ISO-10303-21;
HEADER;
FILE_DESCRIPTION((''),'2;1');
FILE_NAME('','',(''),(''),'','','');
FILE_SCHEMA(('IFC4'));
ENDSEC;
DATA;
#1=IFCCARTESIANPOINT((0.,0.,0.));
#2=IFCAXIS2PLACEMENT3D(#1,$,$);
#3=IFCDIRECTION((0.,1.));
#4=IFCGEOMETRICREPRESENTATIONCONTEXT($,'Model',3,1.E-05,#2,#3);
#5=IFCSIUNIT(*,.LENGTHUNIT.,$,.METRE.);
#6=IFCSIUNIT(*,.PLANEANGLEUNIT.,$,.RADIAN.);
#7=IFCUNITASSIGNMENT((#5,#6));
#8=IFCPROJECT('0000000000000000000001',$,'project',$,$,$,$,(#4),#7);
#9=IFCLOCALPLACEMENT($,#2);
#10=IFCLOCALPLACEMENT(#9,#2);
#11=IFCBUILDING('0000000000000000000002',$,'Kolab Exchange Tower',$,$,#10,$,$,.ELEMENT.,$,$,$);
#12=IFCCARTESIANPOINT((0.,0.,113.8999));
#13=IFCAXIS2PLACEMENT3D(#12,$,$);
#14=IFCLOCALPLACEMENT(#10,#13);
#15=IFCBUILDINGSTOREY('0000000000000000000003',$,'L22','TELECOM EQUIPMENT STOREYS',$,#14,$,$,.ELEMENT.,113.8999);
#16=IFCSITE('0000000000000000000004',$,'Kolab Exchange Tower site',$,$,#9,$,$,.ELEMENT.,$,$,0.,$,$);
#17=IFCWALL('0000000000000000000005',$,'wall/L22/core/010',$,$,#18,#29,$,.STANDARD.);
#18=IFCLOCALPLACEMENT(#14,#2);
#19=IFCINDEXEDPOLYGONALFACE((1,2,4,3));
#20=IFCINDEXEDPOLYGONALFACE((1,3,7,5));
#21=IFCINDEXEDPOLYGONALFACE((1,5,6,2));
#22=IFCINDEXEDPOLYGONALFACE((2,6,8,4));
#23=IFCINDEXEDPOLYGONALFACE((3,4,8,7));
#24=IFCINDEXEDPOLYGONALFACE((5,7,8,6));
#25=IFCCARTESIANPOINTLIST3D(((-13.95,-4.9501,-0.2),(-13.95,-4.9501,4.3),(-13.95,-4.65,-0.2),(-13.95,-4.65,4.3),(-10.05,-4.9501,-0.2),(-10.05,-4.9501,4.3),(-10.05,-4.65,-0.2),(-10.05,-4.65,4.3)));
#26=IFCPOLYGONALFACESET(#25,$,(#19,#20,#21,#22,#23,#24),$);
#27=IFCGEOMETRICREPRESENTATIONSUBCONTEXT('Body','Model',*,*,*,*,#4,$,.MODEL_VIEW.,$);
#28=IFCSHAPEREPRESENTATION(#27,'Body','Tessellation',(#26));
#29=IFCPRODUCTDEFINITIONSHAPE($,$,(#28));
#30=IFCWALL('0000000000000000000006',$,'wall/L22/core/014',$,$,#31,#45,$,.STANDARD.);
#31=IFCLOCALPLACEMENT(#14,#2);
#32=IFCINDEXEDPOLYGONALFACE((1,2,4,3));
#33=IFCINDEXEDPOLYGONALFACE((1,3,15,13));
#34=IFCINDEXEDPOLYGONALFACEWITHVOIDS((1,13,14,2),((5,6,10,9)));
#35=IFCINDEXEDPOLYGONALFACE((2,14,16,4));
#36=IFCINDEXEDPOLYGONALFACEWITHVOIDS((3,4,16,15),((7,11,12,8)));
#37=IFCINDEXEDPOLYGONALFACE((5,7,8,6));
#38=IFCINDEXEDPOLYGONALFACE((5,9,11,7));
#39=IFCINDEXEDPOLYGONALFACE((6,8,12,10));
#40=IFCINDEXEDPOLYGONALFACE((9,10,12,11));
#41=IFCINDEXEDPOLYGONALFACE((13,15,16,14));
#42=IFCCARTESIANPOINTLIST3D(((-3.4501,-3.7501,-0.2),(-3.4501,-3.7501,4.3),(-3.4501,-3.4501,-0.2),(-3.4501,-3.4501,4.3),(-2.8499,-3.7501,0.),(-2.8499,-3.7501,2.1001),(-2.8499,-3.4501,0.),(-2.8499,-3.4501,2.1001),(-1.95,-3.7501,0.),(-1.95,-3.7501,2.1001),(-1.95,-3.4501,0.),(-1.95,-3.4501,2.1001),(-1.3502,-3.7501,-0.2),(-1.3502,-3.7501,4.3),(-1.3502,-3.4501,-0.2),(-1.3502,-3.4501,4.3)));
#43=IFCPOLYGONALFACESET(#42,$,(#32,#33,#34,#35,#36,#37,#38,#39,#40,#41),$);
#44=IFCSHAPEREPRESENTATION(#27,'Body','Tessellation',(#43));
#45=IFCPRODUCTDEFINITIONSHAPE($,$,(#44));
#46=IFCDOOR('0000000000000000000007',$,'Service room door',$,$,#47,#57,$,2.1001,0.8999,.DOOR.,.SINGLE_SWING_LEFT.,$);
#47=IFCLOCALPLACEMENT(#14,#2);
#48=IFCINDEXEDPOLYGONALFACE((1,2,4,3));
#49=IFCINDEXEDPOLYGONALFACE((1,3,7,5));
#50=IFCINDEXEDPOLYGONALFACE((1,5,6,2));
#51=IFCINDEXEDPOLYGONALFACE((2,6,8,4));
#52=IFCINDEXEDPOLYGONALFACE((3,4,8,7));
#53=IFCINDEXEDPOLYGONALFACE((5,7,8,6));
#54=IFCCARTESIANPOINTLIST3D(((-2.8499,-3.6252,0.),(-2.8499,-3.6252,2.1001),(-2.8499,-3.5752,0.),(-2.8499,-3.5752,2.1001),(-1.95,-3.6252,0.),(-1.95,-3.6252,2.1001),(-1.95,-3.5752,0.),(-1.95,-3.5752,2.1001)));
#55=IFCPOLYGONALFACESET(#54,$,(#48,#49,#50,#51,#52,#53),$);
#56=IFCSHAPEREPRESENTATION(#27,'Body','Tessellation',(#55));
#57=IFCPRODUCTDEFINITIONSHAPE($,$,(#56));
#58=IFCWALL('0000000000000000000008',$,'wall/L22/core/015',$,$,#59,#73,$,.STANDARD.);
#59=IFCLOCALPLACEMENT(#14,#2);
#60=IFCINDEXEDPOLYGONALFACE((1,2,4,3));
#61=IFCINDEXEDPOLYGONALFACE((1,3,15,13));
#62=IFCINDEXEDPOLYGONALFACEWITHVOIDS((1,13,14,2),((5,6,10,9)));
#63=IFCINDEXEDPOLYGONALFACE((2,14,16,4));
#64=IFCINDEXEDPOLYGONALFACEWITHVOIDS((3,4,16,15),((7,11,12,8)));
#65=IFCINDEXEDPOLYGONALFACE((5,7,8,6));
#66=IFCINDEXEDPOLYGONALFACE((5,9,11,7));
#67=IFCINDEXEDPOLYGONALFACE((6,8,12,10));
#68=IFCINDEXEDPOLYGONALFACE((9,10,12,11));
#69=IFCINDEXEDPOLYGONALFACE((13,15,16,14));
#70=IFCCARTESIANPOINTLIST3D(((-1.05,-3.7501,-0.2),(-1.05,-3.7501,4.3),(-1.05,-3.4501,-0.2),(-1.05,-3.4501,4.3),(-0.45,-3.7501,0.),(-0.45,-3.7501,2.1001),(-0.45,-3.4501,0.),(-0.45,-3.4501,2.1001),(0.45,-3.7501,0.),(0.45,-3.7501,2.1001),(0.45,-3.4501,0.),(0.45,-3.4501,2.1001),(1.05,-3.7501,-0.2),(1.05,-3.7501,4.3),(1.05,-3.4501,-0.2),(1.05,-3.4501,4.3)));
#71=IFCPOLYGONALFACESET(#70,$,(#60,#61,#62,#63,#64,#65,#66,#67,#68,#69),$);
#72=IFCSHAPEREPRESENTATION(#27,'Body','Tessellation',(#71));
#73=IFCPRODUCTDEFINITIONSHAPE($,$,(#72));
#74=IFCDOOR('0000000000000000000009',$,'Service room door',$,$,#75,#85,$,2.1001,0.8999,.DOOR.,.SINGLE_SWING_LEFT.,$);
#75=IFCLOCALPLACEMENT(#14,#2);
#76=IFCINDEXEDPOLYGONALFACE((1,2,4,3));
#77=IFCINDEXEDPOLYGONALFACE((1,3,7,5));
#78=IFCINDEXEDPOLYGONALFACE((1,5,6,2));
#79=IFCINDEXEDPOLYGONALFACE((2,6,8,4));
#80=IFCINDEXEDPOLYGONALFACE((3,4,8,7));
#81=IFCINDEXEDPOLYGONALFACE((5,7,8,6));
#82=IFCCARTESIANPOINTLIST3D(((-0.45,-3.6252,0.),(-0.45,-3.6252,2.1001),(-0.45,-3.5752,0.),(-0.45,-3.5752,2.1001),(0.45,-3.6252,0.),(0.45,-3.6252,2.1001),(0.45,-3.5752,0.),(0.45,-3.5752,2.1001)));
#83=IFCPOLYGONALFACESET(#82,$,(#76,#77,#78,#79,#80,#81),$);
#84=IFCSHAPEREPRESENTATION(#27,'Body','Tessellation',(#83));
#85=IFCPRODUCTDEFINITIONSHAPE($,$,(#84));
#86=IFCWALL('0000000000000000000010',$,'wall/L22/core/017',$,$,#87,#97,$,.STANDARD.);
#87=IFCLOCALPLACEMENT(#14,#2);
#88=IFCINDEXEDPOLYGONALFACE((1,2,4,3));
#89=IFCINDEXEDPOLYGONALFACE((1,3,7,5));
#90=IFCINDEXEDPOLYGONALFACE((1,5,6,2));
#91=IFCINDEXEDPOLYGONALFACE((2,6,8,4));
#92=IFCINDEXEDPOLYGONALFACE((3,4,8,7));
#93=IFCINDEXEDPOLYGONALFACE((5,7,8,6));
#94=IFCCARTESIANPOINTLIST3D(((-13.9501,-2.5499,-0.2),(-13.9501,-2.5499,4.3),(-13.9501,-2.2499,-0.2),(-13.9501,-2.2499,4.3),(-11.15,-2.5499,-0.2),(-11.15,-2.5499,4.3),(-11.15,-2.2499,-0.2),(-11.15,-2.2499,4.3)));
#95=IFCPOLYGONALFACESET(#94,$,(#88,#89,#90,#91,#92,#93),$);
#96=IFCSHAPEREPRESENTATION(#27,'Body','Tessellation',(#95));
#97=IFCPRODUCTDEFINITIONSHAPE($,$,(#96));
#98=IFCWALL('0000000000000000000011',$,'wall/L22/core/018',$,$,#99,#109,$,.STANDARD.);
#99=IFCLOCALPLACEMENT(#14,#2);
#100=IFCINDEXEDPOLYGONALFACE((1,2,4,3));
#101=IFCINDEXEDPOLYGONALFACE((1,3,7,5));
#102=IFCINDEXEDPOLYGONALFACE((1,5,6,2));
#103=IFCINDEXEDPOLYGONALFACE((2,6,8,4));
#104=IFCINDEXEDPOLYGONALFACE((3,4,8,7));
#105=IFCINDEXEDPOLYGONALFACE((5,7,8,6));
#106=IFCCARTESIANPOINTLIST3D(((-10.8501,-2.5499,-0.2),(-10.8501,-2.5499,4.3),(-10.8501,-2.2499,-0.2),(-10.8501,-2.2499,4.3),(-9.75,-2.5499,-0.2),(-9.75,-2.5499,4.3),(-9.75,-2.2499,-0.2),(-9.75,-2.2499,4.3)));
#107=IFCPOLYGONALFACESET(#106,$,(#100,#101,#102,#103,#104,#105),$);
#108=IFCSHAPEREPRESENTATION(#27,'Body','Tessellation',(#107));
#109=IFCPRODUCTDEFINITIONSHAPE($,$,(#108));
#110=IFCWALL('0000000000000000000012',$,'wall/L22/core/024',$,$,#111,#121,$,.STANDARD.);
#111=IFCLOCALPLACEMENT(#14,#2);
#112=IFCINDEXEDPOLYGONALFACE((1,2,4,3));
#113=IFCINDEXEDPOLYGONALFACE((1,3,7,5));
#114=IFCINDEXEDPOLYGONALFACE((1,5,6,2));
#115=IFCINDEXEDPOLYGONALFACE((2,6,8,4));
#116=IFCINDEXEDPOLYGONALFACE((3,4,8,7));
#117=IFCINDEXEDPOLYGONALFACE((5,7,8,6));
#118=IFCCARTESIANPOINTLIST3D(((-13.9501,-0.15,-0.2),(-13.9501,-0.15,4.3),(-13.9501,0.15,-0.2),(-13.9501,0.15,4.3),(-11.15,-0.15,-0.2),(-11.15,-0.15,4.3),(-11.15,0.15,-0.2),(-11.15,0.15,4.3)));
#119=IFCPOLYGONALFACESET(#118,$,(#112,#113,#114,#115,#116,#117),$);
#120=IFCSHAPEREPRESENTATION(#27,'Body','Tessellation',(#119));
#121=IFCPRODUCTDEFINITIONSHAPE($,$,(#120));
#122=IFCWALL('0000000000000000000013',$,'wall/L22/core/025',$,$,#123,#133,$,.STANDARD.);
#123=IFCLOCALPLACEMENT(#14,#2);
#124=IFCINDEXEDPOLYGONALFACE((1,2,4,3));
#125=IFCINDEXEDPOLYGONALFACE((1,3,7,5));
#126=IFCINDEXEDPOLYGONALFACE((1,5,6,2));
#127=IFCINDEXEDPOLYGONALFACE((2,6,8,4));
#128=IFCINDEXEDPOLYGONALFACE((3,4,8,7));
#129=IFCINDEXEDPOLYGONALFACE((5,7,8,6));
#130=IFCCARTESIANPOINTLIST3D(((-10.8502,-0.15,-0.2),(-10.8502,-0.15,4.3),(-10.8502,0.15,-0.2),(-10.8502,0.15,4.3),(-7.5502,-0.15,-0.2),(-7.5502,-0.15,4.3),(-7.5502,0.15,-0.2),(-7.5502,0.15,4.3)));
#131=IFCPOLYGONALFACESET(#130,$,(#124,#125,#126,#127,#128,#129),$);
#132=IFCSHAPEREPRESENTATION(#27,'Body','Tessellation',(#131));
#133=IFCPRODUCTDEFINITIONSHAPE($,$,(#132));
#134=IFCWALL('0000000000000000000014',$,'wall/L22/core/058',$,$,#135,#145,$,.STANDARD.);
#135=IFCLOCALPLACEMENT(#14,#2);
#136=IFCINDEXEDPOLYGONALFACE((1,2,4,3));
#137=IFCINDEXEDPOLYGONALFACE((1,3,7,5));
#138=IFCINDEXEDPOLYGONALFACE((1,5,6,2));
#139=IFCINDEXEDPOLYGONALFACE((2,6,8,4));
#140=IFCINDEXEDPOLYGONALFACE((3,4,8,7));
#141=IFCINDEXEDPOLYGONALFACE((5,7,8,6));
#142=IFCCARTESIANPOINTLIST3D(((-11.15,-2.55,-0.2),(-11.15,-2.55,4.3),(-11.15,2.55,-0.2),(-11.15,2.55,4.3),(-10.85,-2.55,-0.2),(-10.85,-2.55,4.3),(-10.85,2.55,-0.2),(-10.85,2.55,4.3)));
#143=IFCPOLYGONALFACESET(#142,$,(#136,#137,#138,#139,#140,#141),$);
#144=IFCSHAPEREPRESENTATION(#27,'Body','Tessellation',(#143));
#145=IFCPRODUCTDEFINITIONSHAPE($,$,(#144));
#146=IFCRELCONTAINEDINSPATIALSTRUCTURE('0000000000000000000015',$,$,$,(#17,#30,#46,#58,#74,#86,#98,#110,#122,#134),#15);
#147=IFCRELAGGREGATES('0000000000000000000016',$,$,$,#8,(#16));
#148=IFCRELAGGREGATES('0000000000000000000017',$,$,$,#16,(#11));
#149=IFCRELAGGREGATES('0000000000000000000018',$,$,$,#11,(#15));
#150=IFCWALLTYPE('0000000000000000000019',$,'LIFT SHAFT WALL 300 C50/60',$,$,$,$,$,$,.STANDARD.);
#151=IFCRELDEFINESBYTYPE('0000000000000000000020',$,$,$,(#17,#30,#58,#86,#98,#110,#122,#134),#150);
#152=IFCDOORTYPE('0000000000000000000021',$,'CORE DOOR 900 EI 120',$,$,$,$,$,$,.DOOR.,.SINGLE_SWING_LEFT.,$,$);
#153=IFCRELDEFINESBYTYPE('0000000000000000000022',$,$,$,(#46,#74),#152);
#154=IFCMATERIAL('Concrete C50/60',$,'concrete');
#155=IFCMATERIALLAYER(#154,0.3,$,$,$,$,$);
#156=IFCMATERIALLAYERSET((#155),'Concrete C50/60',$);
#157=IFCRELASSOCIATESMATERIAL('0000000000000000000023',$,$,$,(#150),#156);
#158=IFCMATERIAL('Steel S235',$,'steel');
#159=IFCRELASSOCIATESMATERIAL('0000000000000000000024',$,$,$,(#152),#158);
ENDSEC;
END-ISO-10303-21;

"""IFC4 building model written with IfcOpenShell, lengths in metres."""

from ifc_helpers import new_model, si_unit, direction, frame, frame_2d, origin, place, context, subcontext, project, spatial, rectangle, extrude, material, layer, layer_set, type_object, element, fill, save


model = new_model("IFC4")

# Units and contexts
model_context = context("Model", 3, precision=1e-05, world=origin(), true_north=direction((0.0, 1.0)))
body_context = subcontext(model_context, "Body", "Model", "MODEL_VIEW")
ifc_project = project(units=[si_unit("LENGTHUNIT", "METRE"), si_unit("PLANEANGLEUNIT", "RADIAN")], contexts=[model_context])

# Site, building, storey
site_placement = place(None, origin())
site = spatial("IfcSite", under=ifc_project, at=site_placement, Name="Kolab Exchange Tower site", CompositionType="ELEMENT", RefElevation=0.0)
building_placement = place(site_placement, origin())
building = spatial("IfcBuilding", under=site, at=building_placement, Name="Kolab Exchange Tower", CompositionType="ELEMENT")
storey_placement = place(building_placement, frame((0.0, 0.0, 113.8999)))
storey = spatial("IfcBuildingStorey", under=building, at=storey_placement, Name="L22", Description="TELECOM EQUIPMENT STOREYS", CompositionType="ELEMENT", Elevation=113.8999)

# Wall
ifc_material_1 = material(Name="Concrete C50/60", Category="concrete")
ifc_layer_1 = layer(ifc_material_1, 0.3)
ifc_layer_set_1 = layer_set([ifc_layer_1], Name="Concrete C50/60")
wall_type_1 = type_object("IfcWallType", Name="LIFT SHAFT WALL 300 C50/60", PredefinedType="STANDARD", material=ifc_layer_set_1)
wall_1_placement = place(storey_placement, frame((-13.95, -4.8, -0.2), z_axis=(0.0, 0.0, 1.0), x_axis=(1.0, 0.0, 0.0)))
element("IfcWall", 1, at=wall_1_placement, inside=storey, type_object=wall_type_1, Name="wall/L22/core/010", PredefinedType="STANDARD", context=body_context, shape_type="SweptSolid", body=[
    extrude(rectangle(XDim=3.8999, YDim=0.3, at=frame_2d((1.95, 0.0))), origin(), (0.0, 0.0, 1.0), 4.5),
])

# Walls, openings, doors
wall_2_placement = place(storey_placement, frame((-3.45, -3.6001, -0.2), z_axis=(0.0, 0.0, 1.0), x_axis=(1.0, 0.0, 0.0)))
wall_2 = element("IfcWall", 2, at=wall_2_placement, inside=storey, type_object=wall_type_1, Name="wall/L22/core/014", PredefinedType="STANDARD", context=body_context, shape_type="SweptSolid", body=[
    extrude(rectangle(XDim=2.0999, YDim=0.3, at=frame_2d((1.0498, 0.0))), origin(), (0.0, 0.0, 1.0), 4.5),
])
opening_1_placement = place(wall_2_placement, frame((0.6001, 0.0, 0.2)))
opening_1 = element("IfcOpeningElement", 3, at=opening_1_placement, cuts=wall_2, PredefinedType="OPENING", context=body_context, shape_type="SweptSolid", body=[
    extrude(rectangle(XDim=0.8999, YDim=2.1001, at=frame_2d((0.45, 1.05))), frame((0.0, 0.1602, 0.0), z_axis=(0.0, -1.0, 0.0), x_axis=(1.0, 0.0, 0.0)), (0.0, 0.0, 1.0), 0.3201),
])
ifc_material_2 = material(Name="Steel S235", Category="steel")
door_type_1 = type_object("IfcDoorType", Name="CORE DOOR 900 EI 120", OperationType="SINGLE_SWING_LEFT", PredefinedType="DOOR", material=ifc_material_2)
door_1_placement = place(opening_1_placement, origin())
door_1 = element("IfcDoor", 4, at=door_1_placement, inside=storey, type_object=door_type_1, Name="Service room door", OperationType="SINGLE_SWING_LEFT", OverallHeight=2.1001, OverallWidth=0.8999, PredefinedType="DOOR", context=body_context, shape_type="SweptSolid", body=[
    extrude(rectangle(XDim=0.8999, YDim=2.1001, at=frame_2d((0.45, 1.05))), frame((0.0, 0.0249, 0.0), z_axis=(0.0, -1.0, 0.0), x_axis=(1.0, 0.0, 0.0)), (0.0, 0.0, 1.0), 0.05),
])
fill(opening_1, door_1)
wall_3_placement = place(storey_placement, frame((-1.05, -3.6001, -0.2), z_axis=(0.0, 0.0, 1.0), x_axis=(1.0, 0.0, 0.0)))
wall_3 = element("IfcWall", 5, at=wall_3_placement, inside=storey, type_object=wall_type_1, Name="wall/L22/core/015", PredefinedType="STANDARD", context=body_context, shape_type="SweptSolid", body=[
    extrude(rectangle(XDim=2.1001, YDim=0.3, at=frame_2d((1.05, 0.0))), origin(), (0.0, 0.0, 1.0), 4.5),
])
opening_2_placement = place(wall_3_placement, frame((0.6001, 0.0, 0.2)))
opening_2 = element("IfcOpeningElement", 6, at=opening_2_placement, cuts=wall_3, PredefinedType="OPENING", context=body_context, shape_type="SweptSolid", body=[
    extrude(rectangle(XDim=0.8999, YDim=2.1001, at=frame_2d((0.45, 1.05))), frame((0.0, 0.1602, 0.0), z_axis=(0.0, -1.0, 0.0), x_axis=(1.0, 0.0, 0.0)), (0.0, 0.0, 1.0), 0.3201),
])
door_2_placement = place(opening_2_placement, origin())
door_2 = element("IfcDoor", 7, at=door_2_placement, inside=storey, type_object=door_type_1, Name="Service room door", OperationType="SINGLE_SWING_LEFT", OverallHeight=2.1001, OverallWidth=0.8999, PredefinedType="DOOR", context=body_context, shape_type="SweptSolid", body=[
    extrude(rectangle(XDim=0.8999, YDim=2.1001, at=frame_2d((0.45, 1.05))), frame((0.0, 0.0249, 0.0), z_axis=(0.0, -1.0, 0.0), x_axis=(1.0, 0.0, 0.0)), (0.0, 0.0, 1.0), 0.05),
])
fill(opening_2, door_2)

# Walls
wall_4_placement = place(storey_placement, frame((-13.95, -2.3999, -0.2), z_axis=(0.0, 0.0, 1.0), x_axis=(1.0, 0.0, 0.0)))
element("IfcWall", 8, at=wall_4_placement, inside=storey, type_object=wall_type_1, Name="wall/L22/core/017", PredefinedType="STANDARD", context=body_context, shape_type="SweptSolid", body=[
    extrude(rectangle(XDim=2.8, YDim=0.3, at=frame_2d((1.3999, 0.0))), origin(), (0.0, 0.0, 1.0), 4.5),
])
wall_5_placement = place(storey_placement, frame((-10.8501, -2.3999, -0.2), z_axis=(0.0, 0.0, 1.0), x_axis=(1.0, 0.0, 0.0)))
element("IfcWall", 9, at=wall_5_placement, inside=storey, type_object=wall_type_1, Name="wall/L22/core/018", PredefinedType="STANDARD", context=body_context, shape_type="SweptSolid", body=[
    extrude(rectangle(XDim=1.1001, YDim=0.3, at=frame_2d((0.55, 0.0))), origin(), (0.0, 0.0, 1.0), 4.5),
])
wall_6_placement = place(storey_placement, frame((-13.95, 0.0, -0.2), z_axis=(0.0, 0.0, 1.0), x_axis=(1.0, 0.0, 0.0)))
element("IfcWall", 10, at=wall_6_placement, inside=storey, type_object=wall_type_1, Name="wall/L22/core/024", PredefinedType="STANDARD", context=body_context, shape_type="SweptSolid", body=[
    extrude(rectangle(XDim=2.8, YDim=0.3, at=frame_2d((1.3999, 0.0))), origin(), (0.0, 0.0, 1.0), 4.5),
])
wall_7_placement = place(storey_placement, frame((-10.8501, 0.0, -0.2), z_axis=(0.0, 0.0, 1.0), x_axis=(1.0, 0.0, 0.0)))
element("IfcWall", 11, at=wall_7_placement, inside=storey, type_object=wall_type_1, Name="wall/L22/core/025", PredefinedType="STANDARD", context=body_context, shape_type="SweptSolid", body=[
    extrude(rectangle(XDim=3.3, YDim=0.3, at=frame_2d((1.6499, 0.0))), origin(), (0.0, 0.0, 1.0), 4.5),
])
wall_8_placement = place(storey_placement, frame((-11.0, -2.55, -0.2), z_axis=(0.0, 0.0, 1.0), x_axis=(0.0, 1.0, 0.0)))
element("IfcWall", 12, at=wall_8_placement, inside=storey, type_object=wall_type_1, Name="wall/L22/core/058", PredefinedType="STANDARD", context=body_context, shape_type="SweptSolid", body=[
    extrude(rectangle(XDim=5.1001, YDim=0.3, at=frame_2d((2.55, 0.0))), origin(), (0.0, 0.0, 1.0), 4.5),
])

save(model, "model.ifc")
